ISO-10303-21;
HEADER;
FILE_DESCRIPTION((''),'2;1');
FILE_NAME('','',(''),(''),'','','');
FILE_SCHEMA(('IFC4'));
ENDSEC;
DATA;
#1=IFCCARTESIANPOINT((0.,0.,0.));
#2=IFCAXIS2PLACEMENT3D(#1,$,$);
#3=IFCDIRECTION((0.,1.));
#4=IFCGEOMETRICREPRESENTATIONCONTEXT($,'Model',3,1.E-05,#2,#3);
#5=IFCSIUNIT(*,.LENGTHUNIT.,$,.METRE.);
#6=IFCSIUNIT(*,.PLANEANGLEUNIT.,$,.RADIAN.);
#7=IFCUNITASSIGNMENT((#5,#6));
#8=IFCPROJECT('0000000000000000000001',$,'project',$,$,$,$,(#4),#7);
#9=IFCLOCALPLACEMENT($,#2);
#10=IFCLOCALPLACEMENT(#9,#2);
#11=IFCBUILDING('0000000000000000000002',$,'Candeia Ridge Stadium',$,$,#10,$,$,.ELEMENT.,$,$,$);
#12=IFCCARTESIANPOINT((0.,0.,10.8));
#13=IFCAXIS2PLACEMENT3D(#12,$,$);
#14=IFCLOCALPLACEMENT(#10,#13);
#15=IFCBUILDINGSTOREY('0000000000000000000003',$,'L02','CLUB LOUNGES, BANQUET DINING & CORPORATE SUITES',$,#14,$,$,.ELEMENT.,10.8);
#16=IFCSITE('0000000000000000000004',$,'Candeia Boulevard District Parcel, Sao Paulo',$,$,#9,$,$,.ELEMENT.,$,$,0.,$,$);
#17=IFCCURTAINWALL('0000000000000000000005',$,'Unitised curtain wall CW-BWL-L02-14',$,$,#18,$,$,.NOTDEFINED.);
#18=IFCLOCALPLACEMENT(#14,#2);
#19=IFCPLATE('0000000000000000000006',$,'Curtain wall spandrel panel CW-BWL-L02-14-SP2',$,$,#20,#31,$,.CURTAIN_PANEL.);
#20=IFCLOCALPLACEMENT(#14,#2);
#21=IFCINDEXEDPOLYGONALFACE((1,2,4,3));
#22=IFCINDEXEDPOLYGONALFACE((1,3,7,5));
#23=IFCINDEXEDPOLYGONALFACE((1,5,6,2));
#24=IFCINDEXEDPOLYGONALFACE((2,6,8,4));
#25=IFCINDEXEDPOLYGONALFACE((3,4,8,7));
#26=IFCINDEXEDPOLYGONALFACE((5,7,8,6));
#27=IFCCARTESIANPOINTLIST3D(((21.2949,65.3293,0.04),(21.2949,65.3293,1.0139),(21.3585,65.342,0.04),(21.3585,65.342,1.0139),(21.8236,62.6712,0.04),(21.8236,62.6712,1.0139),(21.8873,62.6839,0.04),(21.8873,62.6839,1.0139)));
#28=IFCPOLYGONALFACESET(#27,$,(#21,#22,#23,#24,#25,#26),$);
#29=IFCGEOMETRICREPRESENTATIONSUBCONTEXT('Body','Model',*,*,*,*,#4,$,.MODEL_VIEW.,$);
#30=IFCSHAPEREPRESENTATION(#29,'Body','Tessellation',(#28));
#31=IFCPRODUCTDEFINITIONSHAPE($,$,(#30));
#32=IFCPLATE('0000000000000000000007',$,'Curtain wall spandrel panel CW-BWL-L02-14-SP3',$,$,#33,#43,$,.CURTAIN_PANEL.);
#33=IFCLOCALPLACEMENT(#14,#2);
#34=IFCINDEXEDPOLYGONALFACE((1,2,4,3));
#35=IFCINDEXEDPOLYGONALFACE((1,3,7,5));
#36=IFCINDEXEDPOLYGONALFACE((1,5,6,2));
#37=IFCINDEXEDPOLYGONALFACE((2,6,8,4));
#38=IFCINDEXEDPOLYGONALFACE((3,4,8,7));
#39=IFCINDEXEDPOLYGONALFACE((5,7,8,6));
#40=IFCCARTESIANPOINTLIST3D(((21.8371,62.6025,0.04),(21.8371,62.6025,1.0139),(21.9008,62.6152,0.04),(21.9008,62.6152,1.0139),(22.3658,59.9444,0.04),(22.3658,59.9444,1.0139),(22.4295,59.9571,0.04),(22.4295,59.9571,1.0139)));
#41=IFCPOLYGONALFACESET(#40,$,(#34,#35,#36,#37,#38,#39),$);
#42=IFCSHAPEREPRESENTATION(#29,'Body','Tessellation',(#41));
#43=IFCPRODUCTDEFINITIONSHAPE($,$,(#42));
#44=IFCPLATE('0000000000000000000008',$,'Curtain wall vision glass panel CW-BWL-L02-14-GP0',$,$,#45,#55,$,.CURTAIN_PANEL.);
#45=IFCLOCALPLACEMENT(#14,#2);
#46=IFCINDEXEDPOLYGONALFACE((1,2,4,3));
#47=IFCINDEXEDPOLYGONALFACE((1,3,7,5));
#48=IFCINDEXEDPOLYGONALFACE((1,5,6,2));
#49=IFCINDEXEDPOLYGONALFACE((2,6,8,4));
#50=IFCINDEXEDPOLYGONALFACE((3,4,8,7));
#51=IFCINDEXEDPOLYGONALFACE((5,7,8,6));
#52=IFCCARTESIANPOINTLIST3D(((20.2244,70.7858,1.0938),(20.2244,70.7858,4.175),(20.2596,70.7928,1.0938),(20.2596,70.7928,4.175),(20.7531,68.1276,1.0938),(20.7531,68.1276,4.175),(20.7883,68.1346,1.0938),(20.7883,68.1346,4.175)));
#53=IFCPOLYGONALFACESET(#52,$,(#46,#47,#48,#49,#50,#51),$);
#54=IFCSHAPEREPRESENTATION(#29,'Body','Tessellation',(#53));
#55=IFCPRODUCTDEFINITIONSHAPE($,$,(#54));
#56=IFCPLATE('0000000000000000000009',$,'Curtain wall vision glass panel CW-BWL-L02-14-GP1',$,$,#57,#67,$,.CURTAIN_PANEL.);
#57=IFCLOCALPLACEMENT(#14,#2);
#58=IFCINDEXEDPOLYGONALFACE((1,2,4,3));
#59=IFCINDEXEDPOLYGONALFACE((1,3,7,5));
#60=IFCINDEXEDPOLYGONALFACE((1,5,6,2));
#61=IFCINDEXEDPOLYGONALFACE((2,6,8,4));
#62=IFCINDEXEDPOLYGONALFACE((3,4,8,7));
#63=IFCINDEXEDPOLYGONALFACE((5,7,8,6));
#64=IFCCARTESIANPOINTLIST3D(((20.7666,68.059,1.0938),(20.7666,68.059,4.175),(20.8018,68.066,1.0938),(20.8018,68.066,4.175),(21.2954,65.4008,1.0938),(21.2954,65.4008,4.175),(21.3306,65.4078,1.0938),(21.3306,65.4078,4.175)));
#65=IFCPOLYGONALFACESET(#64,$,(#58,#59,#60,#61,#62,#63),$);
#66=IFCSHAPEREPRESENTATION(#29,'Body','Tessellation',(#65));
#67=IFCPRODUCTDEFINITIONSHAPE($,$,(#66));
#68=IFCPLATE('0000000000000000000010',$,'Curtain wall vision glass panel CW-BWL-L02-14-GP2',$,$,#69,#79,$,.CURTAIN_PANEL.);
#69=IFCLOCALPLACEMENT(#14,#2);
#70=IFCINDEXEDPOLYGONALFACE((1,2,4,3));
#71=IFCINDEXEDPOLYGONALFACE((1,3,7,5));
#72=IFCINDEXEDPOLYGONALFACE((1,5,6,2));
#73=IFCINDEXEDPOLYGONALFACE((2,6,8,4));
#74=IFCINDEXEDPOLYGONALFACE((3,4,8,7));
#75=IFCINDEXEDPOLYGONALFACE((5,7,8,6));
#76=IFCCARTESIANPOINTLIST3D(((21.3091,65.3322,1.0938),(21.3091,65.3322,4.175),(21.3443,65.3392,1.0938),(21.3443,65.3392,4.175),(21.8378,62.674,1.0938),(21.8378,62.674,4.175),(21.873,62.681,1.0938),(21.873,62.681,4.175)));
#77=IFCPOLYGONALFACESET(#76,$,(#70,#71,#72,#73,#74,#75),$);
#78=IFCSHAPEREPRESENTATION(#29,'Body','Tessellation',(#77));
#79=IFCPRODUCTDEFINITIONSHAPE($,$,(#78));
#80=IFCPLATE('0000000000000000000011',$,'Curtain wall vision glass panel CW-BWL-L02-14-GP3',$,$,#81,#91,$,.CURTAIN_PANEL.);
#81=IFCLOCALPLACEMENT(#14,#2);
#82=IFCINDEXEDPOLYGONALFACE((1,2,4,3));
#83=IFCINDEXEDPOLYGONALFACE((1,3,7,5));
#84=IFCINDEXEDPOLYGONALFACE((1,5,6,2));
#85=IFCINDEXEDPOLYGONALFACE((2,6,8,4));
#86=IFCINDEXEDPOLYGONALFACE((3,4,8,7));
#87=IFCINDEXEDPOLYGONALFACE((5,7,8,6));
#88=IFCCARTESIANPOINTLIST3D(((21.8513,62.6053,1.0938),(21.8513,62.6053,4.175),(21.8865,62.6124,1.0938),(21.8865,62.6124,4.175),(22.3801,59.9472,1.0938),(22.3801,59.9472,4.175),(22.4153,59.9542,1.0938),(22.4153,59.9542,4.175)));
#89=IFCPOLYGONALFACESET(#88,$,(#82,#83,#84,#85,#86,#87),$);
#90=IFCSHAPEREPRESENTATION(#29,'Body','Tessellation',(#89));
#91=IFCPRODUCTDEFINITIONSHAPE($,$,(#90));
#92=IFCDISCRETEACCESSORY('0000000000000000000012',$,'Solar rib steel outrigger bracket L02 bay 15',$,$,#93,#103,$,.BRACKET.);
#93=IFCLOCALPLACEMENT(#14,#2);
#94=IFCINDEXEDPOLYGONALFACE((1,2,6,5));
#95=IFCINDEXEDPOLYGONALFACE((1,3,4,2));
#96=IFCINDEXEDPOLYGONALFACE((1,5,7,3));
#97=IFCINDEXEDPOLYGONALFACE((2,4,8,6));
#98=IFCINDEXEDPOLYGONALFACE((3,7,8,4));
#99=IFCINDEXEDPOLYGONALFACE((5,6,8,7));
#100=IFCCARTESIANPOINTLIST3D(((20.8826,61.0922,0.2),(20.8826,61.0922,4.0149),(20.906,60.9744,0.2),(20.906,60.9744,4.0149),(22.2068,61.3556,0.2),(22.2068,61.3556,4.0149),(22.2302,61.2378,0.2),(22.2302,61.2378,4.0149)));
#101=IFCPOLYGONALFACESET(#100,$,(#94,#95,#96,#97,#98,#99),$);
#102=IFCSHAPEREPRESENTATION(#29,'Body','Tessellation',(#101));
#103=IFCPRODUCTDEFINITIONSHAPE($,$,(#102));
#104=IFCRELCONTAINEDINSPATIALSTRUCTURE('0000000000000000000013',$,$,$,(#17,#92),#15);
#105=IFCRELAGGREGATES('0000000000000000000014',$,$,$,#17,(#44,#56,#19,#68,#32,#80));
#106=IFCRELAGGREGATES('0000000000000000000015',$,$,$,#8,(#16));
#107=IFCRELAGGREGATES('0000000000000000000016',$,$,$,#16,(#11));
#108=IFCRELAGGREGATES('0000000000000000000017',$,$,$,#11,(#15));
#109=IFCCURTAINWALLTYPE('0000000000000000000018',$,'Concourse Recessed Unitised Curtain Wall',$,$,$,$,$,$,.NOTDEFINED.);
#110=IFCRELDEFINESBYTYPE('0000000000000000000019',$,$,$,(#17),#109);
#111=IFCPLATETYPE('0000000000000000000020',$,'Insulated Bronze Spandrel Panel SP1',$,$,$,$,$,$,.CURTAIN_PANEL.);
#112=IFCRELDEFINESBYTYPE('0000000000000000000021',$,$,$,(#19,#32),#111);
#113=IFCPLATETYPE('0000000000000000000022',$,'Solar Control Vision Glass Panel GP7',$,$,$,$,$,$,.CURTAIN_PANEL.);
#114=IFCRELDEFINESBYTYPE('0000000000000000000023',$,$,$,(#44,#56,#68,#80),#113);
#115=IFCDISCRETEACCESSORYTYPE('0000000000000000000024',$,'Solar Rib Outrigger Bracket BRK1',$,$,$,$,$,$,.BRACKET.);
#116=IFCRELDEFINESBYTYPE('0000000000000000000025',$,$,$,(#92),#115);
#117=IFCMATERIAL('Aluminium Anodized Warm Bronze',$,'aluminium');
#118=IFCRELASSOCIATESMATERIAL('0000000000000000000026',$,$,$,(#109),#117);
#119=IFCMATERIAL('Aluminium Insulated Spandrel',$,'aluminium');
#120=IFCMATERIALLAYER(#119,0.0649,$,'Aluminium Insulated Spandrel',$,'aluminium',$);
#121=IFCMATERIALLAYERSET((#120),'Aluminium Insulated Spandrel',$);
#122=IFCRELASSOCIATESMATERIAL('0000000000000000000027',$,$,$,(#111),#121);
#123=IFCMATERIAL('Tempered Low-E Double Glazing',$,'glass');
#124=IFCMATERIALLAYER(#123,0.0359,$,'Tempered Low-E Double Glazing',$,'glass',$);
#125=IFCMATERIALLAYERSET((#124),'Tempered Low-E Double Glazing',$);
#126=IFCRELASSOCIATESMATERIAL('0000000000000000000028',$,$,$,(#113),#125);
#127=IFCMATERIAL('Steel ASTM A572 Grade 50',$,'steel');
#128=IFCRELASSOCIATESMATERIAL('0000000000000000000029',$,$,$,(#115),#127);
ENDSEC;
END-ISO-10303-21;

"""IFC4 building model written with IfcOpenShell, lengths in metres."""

from ifc_helpers import new_model, si_unit, direction, frame, origin, origin_2d, place, context, subcontext, project, spatial, rectangle, extrude, material, layer, layer_set, type_object, element, aggregate, save


model = new_model("IFC4")

# Units and contexts
model_context = context("Model", 3, precision=1e-05, world=origin(), true_north=direction((0.0, 1.0)))
body_context = subcontext(model_context, "Body", "Model", "MODEL_VIEW")
ifc_project = project(units=[si_unit("LENGTHUNIT", "METRE"), si_unit("PLANEANGLEUNIT", "RADIAN")], contexts=[model_context])

# Site, building, storey
site_placement = place(None, origin())
site = spatial("IfcSite", under=ifc_project, at=site_placement, Name="Candeia Boulevard District Parcel, Sao Paulo", CompositionType="ELEMENT", RefElevation=0.0)
building_placement = place(site_placement, origin())
building = spatial("IfcBuilding", under=site, at=building_placement, Name="Candeia Ridge Stadium", CompositionType="ELEMENT")
storey_placement = place(building_placement, frame((0.0, 0.0, 10.8)))
storey = spatial("IfcBuildingStorey", under=building, at=storey_placement, Name="L02", Description="CLUB LOUNGES, BANQUET DINING & CORPORATE SUITES", CompositionType="ELEMENT", Elevation=10.8)

# Curtain wall
ifc_material_1 = material(Name="Aluminium Anodized Warm Bronze", Category="aluminium")
curtain_wall_type = type_object("IfcCurtainWallType", Name="Concourse Recessed Unitised Curtain Wall", PredefinedType="NOTDEFINED", material=ifc_material_1)
curtain_wall_placement = place(storey_placement, origin())
curtain_wall = element("IfcCurtainWall", 1, at=curtain_wall_placement, inside=storey, type_object=curtain_wall_type, Name="Unitised curtain wall CW-BWL-L02-14", PredefinedType="NOTDEFINED")

# Plates
ifc_material_2 = material(Name="Aluminium Insulated Spandrel", Category="aluminium")
ifc_layer_1 = layer(ifc_material_2, 0.0649, Name="Aluminium Insulated Spandrel", Category="aluminium")
ifc_layer_set_1 = layer_set([ifc_layer_1], Name="Aluminium Insulated Spandrel")
plate_type_1 = type_object("IfcPlateType", Name="Insulated Bronze Spandrel Panel SP1", PredefinedType="CURTAIN_PANEL", material=ifc_layer_set_1)
plate_1_placement = place(storey_placement, frame((21.5911, 64.0066, 0.04), z_axis=(0.0, 0.0, 1.0), x_axis=(0.19509, -0.980785, 0.0)))
plate_1 = element("IfcPlate", 2, at=plate_1_placement, type_object=plate_type_1, Name="Curtain wall spandrel panel CW-BWL-L02-14-SP2", PredefinedType="CURTAIN_PANEL", context=body_context, shape_type="SweptSolid", body=[
    extrude(rectangle(XDim=2.7102, YDim=0.0649, at=origin_2d()), origin(), (0.0, 0.0, 1.0), 0.9739),
])
plate_2_placement = place(storey_placement, frame((22.1333, 61.2798, 0.04), z_axis=(0.0, 0.0, 1.0), x_axis=(0.19509, -0.980785, 0.0)))
plate_2 = element("IfcPlate", 3, at=plate_2_placement, type_object=plate_type_1, Name="Curtain wall spandrel panel CW-BWL-L02-14-SP3", PredefinedType="CURTAIN_PANEL", context=body_context, shape_type="SweptSolid", body=[
    extrude(rectangle(XDim=2.7102, YDim=0.0649, at=origin_2d()), origin(), (0.0, 0.0, 1.0), 0.9739),
])
ifc_material_3 = material(Name="Tempered Low-E Double Glazing", Category="glass")
ifc_layer_2 = layer(ifc_material_3, 0.0359, Name="Tempered Low-E Double Glazing", Category="glass")
ifc_layer_set_2 = layer_set([ifc_layer_2], Name="Tempered Low-E Double Glazing")
plate_type_2 = type_object("IfcPlateType", Name="Solar Control Vision Glass Panel GP7", PredefinedType="CURTAIN_PANEL", material=ifc_layer_set_2)
plate_3_placement = place(storey_placement, frame((20.5063, 69.4602, 1.0938), z_axis=(0.0, 0.0, 1.0), x_axis=(0.19509, -0.980785, 0.0)))
plate_3 = element("IfcPlate", 4, at=plate_3_placement, type_object=plate_type_2, Name="Curtain wall vision glass panel CW-BWL-L02-14-GP0", PredefinedType="CURTAIN_PANEL", context=body_context, shape_type="SweptSolid", body=[
    extrude(rectangle(XDim=2.7102, YDim=0.0359, at=origin_2d()), origin(), (0.0, 0.0, 1.0), 3.0813),
])
plate_4_placement = place(storey_placement, frame((21.0486, 66.7334, 1.0938), z_axis=(0.0, 0.0, 1.0), x_axis=(0.19509, -0.980785, 0.0)))
plate_4 = element("IfcPlate", 5, at=plate_4_placement, type_object=plate_type_2, Name="Curtain wall vision glass panel CW-BWL-L02-14-GP1", PredefinedType="CURTAIN_PANEL", context=body_context, shape_type="SweptSolid", body=[
    extrude(rectangle(XDim=2.7102, YDim=0.0359, at=origin_2d()), origin(), (0.0, 0.0, 1.0), 3.0813),
])
plate_5_placement = place(storey_placement, frame((21.5911, 64.0066, 1.0938), z_axis=(0.0, 0.0, 1.0), x_axis=(0.19509, -0.980785, 0.0)))
plate_5 = element("IfcPlate", 6, at=plate_5_placement, type_object=plate_type_2, Name="Curtain wall vision glass panel CW-BWL-L02-14-GP2", PredefinedType="CURTAIN_PANEL", context=body_context, shape_type="SweptSolid", body=[
    extrude(rectangle(XDim=2.7102, YDim=0.0359, at=origin_2d()), origin(), (0.0, 0.0, 1.0), 3.0813),
])
plate_6_placement = place(storey_placement, frame((22.1333, 61.2798, 1.0938), z_axis=(0.0, 0.0, 1.0), x_axis=(0.19509, -0.980785, 0.0)))
plate_6 = element("IfcPlate", 7, at=plate_6_placement, type_object=plate_type_2, Name="Curtain wall vision glass panel CW-BWL-L02-14-GP3", PredefinedType="CURTAIN_PANEL", context=body_context, shape_type="SweptSolid", body=[
    extrude(rectangle(XDim=2.7102, YDim=0.0359, at=origin_2d()), origin(), (0.0, 0.0, 1.0), 3.0813),
])
aggregate(curtain_wall, [plate_3, plate_4, plate_1, plate_5, plate_2, plate_6])

# Discrete accessory
ifc_material_4 = material(Name="Steel ASTM A572 Grade 50", Category="steel")
discrete_accessory_type = type_object("IfcDiscreteAccessoryType", Name="Solar Rib Outrigger Bracket BRK1", PredefinedType="BRACKET", material=ifc_material_4)
discrete_accessory_placement = place(storey_placement, frame((21.5564, 61.165, 0.2), z_axis=(0.0, 0.0, 1.0), x_axis=(-0.980785, -0.19509, 0.0)))
element("IfcDiscreteAccessory", 8, at=discrete_accessory_placement, inside=storey, type_object=discrete_accessory_type, Name="Solar rib steel outrigger bracket L02 bay 15", PredefinedType="BRACKET", context=body_context, shape_type="SweptSolid", body=[
    extrude(rectangle(XDim=1.3501, YDim=0.1201, at=origin_2d()), origin(), (0.0, 0.0, 1.0), 3.8149),
])

save(model, "model.ifc")
